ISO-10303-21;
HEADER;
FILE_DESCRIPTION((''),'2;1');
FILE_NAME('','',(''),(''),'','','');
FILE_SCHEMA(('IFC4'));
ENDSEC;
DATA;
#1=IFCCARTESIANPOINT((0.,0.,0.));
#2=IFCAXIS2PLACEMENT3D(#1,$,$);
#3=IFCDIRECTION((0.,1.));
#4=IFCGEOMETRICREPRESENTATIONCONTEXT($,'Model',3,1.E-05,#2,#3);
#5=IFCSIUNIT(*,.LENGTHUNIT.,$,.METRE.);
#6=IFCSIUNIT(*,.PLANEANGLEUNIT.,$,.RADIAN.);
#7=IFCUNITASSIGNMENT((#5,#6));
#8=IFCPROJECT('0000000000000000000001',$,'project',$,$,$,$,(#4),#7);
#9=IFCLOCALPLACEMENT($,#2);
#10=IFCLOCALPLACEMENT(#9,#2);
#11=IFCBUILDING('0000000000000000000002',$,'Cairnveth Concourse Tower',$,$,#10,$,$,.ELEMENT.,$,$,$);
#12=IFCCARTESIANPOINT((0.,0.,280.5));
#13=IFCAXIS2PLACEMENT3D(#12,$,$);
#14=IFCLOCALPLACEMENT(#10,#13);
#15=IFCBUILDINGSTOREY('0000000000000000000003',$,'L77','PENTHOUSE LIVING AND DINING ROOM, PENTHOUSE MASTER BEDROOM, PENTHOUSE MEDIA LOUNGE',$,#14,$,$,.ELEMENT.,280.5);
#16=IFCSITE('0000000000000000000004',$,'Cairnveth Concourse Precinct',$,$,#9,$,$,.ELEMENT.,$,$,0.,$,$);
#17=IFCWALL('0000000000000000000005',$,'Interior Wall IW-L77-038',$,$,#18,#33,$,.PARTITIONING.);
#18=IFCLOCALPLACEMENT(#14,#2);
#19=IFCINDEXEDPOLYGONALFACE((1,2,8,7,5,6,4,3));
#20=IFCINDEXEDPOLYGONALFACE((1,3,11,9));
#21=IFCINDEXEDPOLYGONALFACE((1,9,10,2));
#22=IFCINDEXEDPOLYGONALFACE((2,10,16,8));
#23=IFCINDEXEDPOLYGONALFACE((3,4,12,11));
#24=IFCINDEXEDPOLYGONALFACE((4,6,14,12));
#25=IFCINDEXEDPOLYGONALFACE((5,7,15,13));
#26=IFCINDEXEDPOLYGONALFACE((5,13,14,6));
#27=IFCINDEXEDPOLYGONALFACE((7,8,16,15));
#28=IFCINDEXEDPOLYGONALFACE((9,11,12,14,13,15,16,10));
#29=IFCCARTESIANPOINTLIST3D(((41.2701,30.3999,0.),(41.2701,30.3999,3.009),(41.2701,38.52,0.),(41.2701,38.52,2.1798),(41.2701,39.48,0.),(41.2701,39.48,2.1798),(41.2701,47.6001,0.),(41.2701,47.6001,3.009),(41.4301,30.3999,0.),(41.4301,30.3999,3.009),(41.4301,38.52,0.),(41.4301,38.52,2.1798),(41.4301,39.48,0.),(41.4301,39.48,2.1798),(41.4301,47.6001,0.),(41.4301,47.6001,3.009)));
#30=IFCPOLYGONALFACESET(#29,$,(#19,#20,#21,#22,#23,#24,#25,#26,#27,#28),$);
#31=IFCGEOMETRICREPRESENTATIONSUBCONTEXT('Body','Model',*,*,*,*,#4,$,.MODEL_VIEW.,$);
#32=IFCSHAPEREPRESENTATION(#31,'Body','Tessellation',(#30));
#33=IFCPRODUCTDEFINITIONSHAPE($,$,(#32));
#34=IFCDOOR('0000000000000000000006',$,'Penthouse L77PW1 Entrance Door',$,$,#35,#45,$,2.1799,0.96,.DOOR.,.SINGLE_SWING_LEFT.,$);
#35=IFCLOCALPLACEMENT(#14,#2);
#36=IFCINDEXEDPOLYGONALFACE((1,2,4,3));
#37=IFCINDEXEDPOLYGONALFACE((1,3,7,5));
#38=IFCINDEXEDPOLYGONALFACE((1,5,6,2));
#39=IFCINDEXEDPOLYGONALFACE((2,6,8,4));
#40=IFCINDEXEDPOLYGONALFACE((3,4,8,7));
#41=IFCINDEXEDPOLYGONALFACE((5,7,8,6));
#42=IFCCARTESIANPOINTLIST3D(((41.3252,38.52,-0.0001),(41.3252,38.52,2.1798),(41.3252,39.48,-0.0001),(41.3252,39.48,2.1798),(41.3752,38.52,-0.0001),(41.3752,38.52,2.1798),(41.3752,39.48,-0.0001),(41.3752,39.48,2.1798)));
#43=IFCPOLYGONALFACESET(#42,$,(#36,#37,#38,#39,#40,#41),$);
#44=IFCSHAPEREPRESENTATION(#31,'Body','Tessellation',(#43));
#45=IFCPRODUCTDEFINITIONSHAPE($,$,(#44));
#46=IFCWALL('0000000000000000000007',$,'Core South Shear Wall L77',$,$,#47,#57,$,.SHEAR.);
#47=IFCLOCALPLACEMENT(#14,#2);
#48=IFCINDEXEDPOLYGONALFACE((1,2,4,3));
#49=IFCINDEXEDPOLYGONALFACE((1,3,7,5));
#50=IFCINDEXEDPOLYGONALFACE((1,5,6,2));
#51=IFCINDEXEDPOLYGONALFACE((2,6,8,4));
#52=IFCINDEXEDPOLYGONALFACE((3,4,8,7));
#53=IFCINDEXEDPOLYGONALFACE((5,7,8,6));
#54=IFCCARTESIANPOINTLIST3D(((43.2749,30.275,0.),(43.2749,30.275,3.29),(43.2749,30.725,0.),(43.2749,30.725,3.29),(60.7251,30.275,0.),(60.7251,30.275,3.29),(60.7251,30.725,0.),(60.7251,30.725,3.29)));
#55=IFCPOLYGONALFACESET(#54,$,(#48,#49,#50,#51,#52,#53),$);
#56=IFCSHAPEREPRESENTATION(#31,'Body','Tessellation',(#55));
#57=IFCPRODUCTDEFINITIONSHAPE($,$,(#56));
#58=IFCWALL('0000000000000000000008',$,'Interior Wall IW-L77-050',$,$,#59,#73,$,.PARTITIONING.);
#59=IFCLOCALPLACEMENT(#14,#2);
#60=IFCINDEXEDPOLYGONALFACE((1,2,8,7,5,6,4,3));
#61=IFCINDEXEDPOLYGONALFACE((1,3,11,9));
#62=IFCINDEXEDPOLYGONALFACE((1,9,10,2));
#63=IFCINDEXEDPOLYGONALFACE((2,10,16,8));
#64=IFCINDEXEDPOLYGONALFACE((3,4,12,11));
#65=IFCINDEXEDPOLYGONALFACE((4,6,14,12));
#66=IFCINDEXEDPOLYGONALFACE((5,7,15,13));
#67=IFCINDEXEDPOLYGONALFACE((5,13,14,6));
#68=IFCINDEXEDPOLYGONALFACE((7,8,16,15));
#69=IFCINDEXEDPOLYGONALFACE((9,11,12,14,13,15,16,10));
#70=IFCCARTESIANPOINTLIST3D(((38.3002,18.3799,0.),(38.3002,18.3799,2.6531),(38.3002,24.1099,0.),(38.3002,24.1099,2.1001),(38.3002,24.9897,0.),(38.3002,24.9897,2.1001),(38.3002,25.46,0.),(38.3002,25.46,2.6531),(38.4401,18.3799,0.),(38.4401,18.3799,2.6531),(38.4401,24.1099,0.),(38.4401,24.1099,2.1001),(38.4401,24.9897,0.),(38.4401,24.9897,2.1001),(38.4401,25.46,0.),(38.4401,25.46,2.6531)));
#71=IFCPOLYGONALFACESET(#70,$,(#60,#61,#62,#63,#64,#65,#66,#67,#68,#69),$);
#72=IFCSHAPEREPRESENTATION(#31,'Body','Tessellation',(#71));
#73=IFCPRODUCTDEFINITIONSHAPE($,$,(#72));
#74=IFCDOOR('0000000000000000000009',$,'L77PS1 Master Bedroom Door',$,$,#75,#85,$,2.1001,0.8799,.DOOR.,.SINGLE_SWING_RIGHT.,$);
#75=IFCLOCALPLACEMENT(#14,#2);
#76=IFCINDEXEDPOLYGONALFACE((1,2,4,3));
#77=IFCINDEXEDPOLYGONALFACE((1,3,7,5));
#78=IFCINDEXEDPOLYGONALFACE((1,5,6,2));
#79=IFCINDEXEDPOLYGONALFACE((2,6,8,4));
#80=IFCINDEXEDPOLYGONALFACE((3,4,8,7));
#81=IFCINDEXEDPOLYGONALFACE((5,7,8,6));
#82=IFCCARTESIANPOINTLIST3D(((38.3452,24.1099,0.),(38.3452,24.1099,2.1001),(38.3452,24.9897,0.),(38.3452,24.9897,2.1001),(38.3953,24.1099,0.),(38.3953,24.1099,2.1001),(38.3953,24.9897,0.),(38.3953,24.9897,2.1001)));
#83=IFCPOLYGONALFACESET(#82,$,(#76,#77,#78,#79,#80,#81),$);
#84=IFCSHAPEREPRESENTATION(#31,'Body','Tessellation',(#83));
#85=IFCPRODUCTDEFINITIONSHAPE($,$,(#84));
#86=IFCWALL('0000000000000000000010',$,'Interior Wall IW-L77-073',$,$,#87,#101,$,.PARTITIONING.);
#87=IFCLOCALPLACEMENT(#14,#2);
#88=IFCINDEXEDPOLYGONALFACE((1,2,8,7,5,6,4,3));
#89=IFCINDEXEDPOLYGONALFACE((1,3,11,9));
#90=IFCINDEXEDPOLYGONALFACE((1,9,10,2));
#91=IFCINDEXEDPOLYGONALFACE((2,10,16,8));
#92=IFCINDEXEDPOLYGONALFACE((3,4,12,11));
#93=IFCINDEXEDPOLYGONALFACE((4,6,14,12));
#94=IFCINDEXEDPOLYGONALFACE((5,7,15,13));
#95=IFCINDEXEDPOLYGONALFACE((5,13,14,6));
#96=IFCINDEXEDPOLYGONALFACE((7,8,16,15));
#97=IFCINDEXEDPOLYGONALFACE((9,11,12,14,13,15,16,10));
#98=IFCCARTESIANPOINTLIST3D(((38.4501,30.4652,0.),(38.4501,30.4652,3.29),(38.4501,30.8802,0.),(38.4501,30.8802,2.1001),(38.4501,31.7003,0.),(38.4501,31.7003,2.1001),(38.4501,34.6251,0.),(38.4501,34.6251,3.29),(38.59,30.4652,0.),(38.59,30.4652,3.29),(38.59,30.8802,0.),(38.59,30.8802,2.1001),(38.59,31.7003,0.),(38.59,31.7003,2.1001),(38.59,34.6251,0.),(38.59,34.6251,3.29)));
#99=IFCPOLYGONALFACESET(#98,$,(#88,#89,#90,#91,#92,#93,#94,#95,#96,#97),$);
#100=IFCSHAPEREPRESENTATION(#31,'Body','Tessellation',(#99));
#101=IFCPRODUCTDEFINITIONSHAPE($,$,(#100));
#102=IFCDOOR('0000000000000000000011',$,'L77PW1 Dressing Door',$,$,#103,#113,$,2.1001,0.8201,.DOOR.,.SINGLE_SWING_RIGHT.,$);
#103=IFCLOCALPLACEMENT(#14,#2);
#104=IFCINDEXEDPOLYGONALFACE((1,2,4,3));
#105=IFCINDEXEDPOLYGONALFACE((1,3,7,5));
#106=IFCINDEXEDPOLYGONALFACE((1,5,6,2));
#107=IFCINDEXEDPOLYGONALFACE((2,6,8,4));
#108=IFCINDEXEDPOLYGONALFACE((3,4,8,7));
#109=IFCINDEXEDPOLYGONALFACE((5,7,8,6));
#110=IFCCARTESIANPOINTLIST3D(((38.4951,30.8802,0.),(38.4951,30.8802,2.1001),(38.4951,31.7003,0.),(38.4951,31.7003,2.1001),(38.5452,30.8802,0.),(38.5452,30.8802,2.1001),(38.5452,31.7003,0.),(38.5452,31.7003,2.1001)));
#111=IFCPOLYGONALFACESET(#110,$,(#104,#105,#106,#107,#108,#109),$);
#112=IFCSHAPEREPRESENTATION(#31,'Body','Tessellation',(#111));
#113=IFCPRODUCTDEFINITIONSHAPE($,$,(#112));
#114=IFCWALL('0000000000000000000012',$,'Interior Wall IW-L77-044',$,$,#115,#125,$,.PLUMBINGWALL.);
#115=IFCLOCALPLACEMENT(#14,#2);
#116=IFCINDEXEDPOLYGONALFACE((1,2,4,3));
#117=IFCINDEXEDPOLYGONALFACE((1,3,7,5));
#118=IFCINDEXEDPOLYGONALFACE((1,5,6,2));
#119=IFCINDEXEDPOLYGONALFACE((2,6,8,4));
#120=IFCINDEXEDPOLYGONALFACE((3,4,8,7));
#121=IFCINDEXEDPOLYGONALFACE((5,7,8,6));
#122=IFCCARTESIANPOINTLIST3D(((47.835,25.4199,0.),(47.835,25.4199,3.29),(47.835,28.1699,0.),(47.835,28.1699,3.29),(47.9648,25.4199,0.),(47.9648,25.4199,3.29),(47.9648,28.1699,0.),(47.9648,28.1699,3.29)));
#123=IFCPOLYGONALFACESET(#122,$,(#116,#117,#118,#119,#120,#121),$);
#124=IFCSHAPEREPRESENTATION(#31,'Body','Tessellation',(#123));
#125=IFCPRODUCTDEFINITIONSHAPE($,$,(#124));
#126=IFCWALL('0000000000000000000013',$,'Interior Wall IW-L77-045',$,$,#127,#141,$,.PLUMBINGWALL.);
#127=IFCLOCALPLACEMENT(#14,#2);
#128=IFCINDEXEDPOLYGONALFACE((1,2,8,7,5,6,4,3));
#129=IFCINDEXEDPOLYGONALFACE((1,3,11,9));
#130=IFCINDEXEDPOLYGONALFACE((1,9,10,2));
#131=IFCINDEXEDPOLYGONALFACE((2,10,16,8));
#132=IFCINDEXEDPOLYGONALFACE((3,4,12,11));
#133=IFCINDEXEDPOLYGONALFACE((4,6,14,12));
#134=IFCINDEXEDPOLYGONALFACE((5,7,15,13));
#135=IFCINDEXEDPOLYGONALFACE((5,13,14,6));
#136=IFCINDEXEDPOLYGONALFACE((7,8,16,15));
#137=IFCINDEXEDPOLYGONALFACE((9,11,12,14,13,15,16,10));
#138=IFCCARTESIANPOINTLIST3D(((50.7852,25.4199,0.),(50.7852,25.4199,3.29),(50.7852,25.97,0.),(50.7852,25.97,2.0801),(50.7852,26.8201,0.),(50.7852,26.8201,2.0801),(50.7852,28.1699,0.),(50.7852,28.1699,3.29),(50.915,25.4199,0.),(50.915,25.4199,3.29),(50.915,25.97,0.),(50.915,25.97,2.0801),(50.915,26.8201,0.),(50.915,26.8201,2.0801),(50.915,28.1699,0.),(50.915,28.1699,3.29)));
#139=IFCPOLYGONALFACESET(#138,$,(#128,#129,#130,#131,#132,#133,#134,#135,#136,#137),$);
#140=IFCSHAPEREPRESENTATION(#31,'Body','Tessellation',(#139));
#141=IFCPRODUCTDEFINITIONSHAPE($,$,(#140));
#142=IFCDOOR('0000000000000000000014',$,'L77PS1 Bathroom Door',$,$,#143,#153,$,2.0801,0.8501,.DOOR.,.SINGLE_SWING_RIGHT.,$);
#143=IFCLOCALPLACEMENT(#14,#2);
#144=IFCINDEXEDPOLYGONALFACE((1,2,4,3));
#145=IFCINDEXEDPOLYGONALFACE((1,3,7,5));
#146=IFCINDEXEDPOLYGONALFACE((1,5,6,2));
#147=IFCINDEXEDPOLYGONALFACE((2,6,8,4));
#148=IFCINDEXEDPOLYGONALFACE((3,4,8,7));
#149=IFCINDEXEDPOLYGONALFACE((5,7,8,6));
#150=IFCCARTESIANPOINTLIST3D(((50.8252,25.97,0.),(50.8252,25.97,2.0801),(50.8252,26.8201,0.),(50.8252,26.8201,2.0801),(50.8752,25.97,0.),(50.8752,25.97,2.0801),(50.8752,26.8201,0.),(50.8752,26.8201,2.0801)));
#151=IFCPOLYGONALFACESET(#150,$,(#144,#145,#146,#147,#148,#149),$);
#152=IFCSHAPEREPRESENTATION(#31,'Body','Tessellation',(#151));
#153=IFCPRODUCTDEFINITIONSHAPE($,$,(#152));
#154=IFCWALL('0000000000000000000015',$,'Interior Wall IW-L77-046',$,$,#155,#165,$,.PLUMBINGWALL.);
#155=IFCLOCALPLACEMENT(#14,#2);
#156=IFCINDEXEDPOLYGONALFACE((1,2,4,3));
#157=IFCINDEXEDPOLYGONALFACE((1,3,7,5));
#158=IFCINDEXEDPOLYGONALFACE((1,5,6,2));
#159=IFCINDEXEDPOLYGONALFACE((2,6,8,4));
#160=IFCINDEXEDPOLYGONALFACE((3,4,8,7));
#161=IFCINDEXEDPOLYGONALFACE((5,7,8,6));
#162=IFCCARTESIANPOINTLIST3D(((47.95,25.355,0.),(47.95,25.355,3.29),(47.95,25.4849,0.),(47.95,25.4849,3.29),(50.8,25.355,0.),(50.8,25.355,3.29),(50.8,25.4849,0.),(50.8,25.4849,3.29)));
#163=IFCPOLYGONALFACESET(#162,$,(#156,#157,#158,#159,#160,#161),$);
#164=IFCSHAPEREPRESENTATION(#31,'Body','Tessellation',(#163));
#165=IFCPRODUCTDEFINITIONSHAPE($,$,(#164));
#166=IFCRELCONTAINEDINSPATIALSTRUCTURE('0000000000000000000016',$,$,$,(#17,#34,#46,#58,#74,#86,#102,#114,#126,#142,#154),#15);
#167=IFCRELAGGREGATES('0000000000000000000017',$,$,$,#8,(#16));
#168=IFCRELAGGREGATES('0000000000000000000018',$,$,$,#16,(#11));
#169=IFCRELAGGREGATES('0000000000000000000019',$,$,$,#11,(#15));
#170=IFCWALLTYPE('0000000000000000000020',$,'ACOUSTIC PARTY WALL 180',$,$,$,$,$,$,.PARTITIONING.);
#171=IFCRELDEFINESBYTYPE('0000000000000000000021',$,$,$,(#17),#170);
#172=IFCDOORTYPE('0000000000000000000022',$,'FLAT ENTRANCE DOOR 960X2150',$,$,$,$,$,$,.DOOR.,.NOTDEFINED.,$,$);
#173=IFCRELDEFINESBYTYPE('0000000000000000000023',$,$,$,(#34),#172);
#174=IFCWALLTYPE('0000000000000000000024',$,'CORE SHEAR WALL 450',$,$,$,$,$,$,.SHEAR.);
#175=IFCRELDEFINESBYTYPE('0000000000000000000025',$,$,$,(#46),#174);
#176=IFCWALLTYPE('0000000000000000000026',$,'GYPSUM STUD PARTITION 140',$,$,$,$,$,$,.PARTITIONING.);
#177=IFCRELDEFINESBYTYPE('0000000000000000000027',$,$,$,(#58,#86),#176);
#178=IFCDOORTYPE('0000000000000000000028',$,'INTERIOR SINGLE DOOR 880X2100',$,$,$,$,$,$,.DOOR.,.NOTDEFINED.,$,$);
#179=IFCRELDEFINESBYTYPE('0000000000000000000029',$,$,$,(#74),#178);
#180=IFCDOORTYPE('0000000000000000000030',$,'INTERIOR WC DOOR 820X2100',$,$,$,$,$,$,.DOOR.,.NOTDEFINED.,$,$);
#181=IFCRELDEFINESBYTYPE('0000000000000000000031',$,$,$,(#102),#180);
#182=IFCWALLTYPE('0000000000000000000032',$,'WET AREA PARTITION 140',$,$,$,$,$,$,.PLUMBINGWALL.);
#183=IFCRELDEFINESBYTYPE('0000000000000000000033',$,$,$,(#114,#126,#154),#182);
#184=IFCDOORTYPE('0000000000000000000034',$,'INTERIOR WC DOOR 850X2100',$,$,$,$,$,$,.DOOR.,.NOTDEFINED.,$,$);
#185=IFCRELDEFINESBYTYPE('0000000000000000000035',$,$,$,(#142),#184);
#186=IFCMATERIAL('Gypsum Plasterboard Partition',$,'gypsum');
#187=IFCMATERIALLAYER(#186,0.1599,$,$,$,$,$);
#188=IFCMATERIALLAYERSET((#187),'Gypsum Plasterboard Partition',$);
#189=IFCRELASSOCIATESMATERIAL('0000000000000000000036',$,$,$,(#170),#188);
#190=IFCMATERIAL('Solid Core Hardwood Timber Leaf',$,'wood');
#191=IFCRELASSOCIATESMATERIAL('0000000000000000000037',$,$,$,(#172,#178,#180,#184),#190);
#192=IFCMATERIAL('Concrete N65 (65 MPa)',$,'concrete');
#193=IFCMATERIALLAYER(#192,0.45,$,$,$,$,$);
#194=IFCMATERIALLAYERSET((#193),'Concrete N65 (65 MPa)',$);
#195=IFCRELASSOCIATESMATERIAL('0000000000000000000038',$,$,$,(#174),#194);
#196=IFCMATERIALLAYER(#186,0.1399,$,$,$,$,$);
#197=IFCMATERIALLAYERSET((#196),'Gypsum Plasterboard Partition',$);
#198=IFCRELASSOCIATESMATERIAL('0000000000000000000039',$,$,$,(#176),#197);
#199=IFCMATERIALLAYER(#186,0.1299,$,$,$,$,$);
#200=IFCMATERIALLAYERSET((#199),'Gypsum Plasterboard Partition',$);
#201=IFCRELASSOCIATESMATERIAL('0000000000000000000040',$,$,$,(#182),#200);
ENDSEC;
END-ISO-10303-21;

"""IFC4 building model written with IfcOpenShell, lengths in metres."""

from ifc_helpers import new_model, si_unit, direction, frame, frame_2d, origin, place, context, subcontext, project, spatial, rectangle, extrude, material, layer, layer_set, type_object, element, fill, save


model = new_model("IFC4")

# Units and contexts
model_context = context("Model", 3, precision=1e-05, world=origin(), true_north=direction((0.0, 1.0)))
body_context = subcontext(model_context, "Body", "Model", "MODEL_VIEW")
ifc_project = project(units=[si_unit("LENGTHUNIT", "METRE"), si_unit("PLANEANGLEUNIT", "RADIAN")], contexts=[model_context])

# Site, building, storey
site_placement = place(None, origin())
site = spatial("IfcSite", under=ifc_project, at=site_placement, Name="Cairnveth Concourse Precinct", CompositionType="ELEMENT", RefElevation=0.0)
building_placement = place(site_placement, origin())
building = spatial("IfcBuilding", under=site, at=building_placement, Name="Cairnveth Concourse Tower", CompositionType="ELEMENT")
storey_placement = place(building_placement, frame((0.0, 0.0, 280.5)))
storey = spatial("IfcBuildingStorey", under=building, at=storey_placement, Name="L77", Description="PENTHOUSE LIVING AND DINING ROOM, PENTHOUSE MASTER BEDROOM, PENTHOUSE MEDIA LOUNGE", CompositionType="ELEMENT", Elevation=280.5)

# Wall, opening, door
ifc_material_1 = material(Name="Gypsum Plasterboard Partition", Category="gypsum")
ifc_layer_1 = layer(ifc_material_1, 0.1599)
ifc_layer_set_1 = layer_set([ifc_layer_1], Name="Gypsum Plasterboard Partition")
wall_type_1 = type_object("IfcWallType", Name="ACOUSTIC PARTY WALL 180", PredefinedType="PARTITIONING", material=ifc_layer_set_1)
wall_1_placement = place(storey_placement, frame((41.3501, 30.3999, 0.0), z_axis=(0.0, 0.0, 1.0), x_axis=(0.0, 1.0, 0.0)))
wall_1 = element("IfcWall", 1, at=wall_1_placement, inside=storey, type_object=wall_type_1, Name="Interior Wall IW-L77-038", PredefinedType="PARTITIONING", context=body_context, shape_type="SweptSolid", body=[
    extrude(rectangle(XDim=17.2002, YDim=0.1599, at=frame_2d((8.6001, 0.0))), origin(), (0.0, 0.0, 1.0), 3.009),
])
opening_1_placement = place(wall_1_placement, frame((8.1201, 0.0, 0.0)))
opening_1 = element("IfcOpeningElement", 2, at=opening_1_placement, cuts=wall_1, PredefinedType="OPENING", context=body_context, shape_type="SweptSolid", body=[
    extrude(rectangle(XDim=0.96, YDim=2.1799, at=frame_2d((0.48, 1.0898))), frame((0.0, 0.0898, 0.0), z_axis=(0.0, -1.0, 0.0), x_axis=(1.0, 0.0, 0.0)), (0.0, 0.0, 1.0), 0.1799),
])
ifc_material_2 = material(Name="Solid Core Hardwood Timber Leaf", Category="wood")
door_type_1 = type_object("IfcDoorType", Name="FLAT ENTRANCE DOOR 960X2150", OperationType="NOTDEFINED", PredefinedType="DOOR", material=ifc_material_2)
door_1_placement = place(opening_1_placement, origin())
door_1 = element("IfcDoor", 3, at=door_1_placement, inside=storey, type_object=door_type_1, Name="Penthouse L77PW1 Entrance Door", OperationType="SINGLE_SWING_LEFT", OverallHeight=2.1799, OverallWidth=0.96, PredefinedType="DOOR", context=body_context, shape_type="SweptSolid", body=[
    extrude(rectangle(XDim=0.96, YDim=2.1799, at=frame_2d((0.48, 1.0898))), frame((0.0, 0.0249, 0.0), z_axis=(0.0, -1.0, 0.0), x_axis=(1.0, 0.0, 0.0)), (0.0, 0.0, 1.0), 0.05),
])
fill(opening_1, door_1)

# Wall
ifc_material_3 = material(Name="Concrete N65 (65 MPa)", Category="concrete")
ifc_layer_2 = layer(ifc_material_3, 0.45)
ifc_layer_set_2 = layer_set([ifc_layer_2], Name="Concrete N65 (65 MPa)")
wall_type_2 = type_object("IfcWallType", Name="CORE SHEAR WALL 450", PredefinedType="SHEAR", material=ifc_layer_set_2)
wall_2_placement = place(storey_placement, frame((43.2749, 30.5, 0.0), z_axis=(0.0, 0.0, 1.0), x_axis=(1.0, 0.0, 0.0)))
element("IfcWall", 4, at=wall_2_placement, inside=storey, type_object=wall_type_2, Name="Core South Shear Wall L77", PredefinedType="SHEAR", context=body_context, shape_type="SweptSolid", body=[
    extrude(rectangle(XDim=17.4502, YDim=0.45, at=frame_2d((8.7251, 0.0))), origin(), (0.0, 0.0, 1.0), 3.29),
])

# Walls, openings, doors
ifc_layer_3 = layer(ifc_material_1, 0.1399)
ifc_layer_set_3 = layer_set([ifc_layer_3], Name="Gypsum Plasterboard Partition")
wall_type_3 = type_object("IfcWallType", Name="GYPSUM STUD PARTITION 140", PredefinedType="PARTITIONING", material=ifc_layer_set_3)
wall_3_placement = place(storey_placement, frame((38.3701, 18.3799, 0.0), z_axis=(0.0, 0.0, 1.0), x_axis=(0.0, 1.0, 0.0)))
wall_3 = element("IfcWall", 5, at=wall_3_placement, inside=storey, type_object=wall_type_3, Name="Interior Wall IW-L77-050", PredefinedType="PARTITIONING", context=body_context, shape_type="SweptSolid", body=[
    extrude(rectangle(XDim=7.0801, YDim=0.1399, at=frame_2d((3.54, 0.0))), origin(), (0.0, 0.0, 1.0), 2.6531),
])
opening_2_placement = place(wall_3_placement, frame((5.73, 0.0, 0.0)))
opening_2 = element("IfcOpeningElement", 6, at=opening_2_placement, cuts=wall_3, PredefinedType="OPENING", context=body_context, shape_type="SweptSolid", body=[
    extrude(rectangle(XDim=0.8799, YDim=2.1001, at=frame_2d((0.4399, 1.05))), frame((0.0, 0.0798, 0.0), z_axis=(0.0, -1.0, 0.0), x_axis=(1.0, 0.0, 0.0)), (0.0, 0.0, 1.0), 0.1599),
])
door_type_2 = type_object("IfcDoorType", Name="INTERIOR SINGLE DOOR 880X2100", OperationType="NOTDEFINED", PredefinedType="DOOR", material=ifc_material_2)
door_2_placement = place(opening_2_placement, origin())
door_2 = element("IfcDoor", 7, at=door_2_placement, inside=storey, type_object=door_type_2, Name="L77PS1 Master Bedroom Door", OperationType="SINGLE_SWING_RIGHT", OverallHeight=2.1001, OverallWidth=0.8799, PredefinedType="DOOR", context=body_context, shape_type="SweptSolid", body=[
    extrude(rectangle(XDim=0.8799, YDim=2.1001, at=frame_2d((0.4399, 1.05))), frame((0.0, 0.0249, 0.0), z_axis=(0.0, -1.0, 0.0), x_axis=(1.0, 0.0, 0.0)), (0.0, 0.0, 1.0), 0.05),
])
fill(opening_2, door_2)
wall_4_placement = place(storey_placement, frame((38.52, 30.4651, 0.0), z_axis=(0.0, 0.0, 1.0), x_axis=(0.0, 1.0, 0.0)))
wall_4 = element("IfcWall", 8, at=wall_4_placement, inside=storey, type_object=wall_type_3, Name="Interior Wall IW-L77-073", PredefinedType="PARTITIONING", context=body_context, shape_type="SweptSolid", body=[
    extrude(rectangle(XDim=4.1599, YDim=0.1399, at=frame_2d((2.0801, 0.0))), origin(), (0.0, 0.0, 1.0), 3.29),
])
opening_3_placement = place(wall_4_placement, frame((0.415, 0.0, 0.0)))
opening_3 = element("IfcOpeningElement", 9, at=opening_3_placement, cuts=wall_4, PredefinedType="OPENING", context=body_context, shape_type="SweptSolid", body=[
    extrude(rectangle(XDim=0.8201, YDim=2.1001, at=frame_2d((0.4102, 1.05))), frame((0.0, 0.0798, 0.0), z_axis=(0.0, -1.0, 0.0), x_axis=(1.0, 0.0, 0.0)), (0.0, 0.0, 1.0), 0.1599),
])
door_type_3 = type_object("IfcDoorType", Name="INTERIOR WC DOOR 820X2100", OperationType="NOTDEFINED", PredefinedType="DOOR", material=ifc_material_2)
door_3_placement = place(opening_3_placement, origin())
door_3 = element("IfcDoor", 10, at=door_3_placement, inside=storey, type_object=door_type_3, Name="L77PW1 Dressing Door", OperationType="SINGLE_SWING_RIGHT", OverallHeight=2.1001, OverallWidth=0.8201, PredefinedType="DOOR", context=body_context, shape_type="SweptSolid", body=[
    extrude(rectangle(XDim=0.8201, YDim=2.1001, at=frame_2d((0.4102, 1.05))), frame((0.0, 0.0249, 0.0), z_axis=(0.0, -1.0, 0.0), x_axis=(1.0, 0.0, 0.0)), (0.0, 0.0, 1.0), 0.05),
])
fill(opening_3, door_3)

# Wall
ifc_layer_4 = layer(ifc_material_1, 0.1299)
ifc_layer_set_4 = layer_set([ifc_layer_4], Name="Gypsum Plasterboard Partition")
wall_type_4 = type_object("IfcWallType", Name="WET AREA PARTITION 140", PredefinedType="PLUMBINGWALL", material=ifc_layer_set_4)
wall_5_placement = place(storey_placement, frame((47.8999, 25.4199, 0.0), z_axis=(0.0, 0.0, 1.0), x_axis=(0.0, 1.0, 0.0)))
element("IfcWall", 11, at=wall_5_placement, inside=storey, type_object=wall_type_4, Name="Interior Wall IW-L77-044", PredefinedType="PLUMBINGWALL", context=body_context, shape_type="SweptSolid", body=[
    extrude(rectangle(XDim=2.75, YDim=0.1299, at=frame_2d((1.375, 0.0))), origin(), (0.0, 0.0, 1.0), 3.29),
])

# Wall, opening, door
wall_6_placement = place(storey_placement, frame((50.8501, 25.4199, 0.0), z_axis=(0.0, 0.0, 1.0), x_axis=(0.0, 1.0, 0.0)))
wall_6 = element("IfcWall", 12, at=wall_6_placement, inside=storey, type_object=wall_type_4, Name="Interior Wall IW-L77-045", PredefinedType="PLUMBINGWALL", context=body_context, shape_type="SweptSolid", body=[
    extrude(rectangle(XDim=2.75, YDim=0.1299, at=frame_2d((1.375, 0.0))), origin(), (0.0, 0.0, 1.0), 3.29),
])
opening_4_placement = place(wall_6_placement, frame((0.55, 0.0, 0.0)))
opening_4 = element("IfcOpeningElement", 13, at=opening_4_placement, cuts=wall_6, PredefinedType="OPENING", context=body_context, shape_type="SweptSolid", body=[
    extrude(rectangle(XDim=0.8501, YDim=2.0801, at=frame_2d((0.425, 1.04))), frame((0.0, 0.075, 0.0), z_axis=(0.0, -1.0, 0.0), x_axis=(1.0, 0.0, 0.0)), (0.0, 0.0, 1.0), 0.1499),
])
door_type_4 = type_object("IfcDoorType", Name="INTERIOR WC DOOR 850X2100", OperationType="NOTDEFINED", PredefinedType="DOOR", material=ifc_material_2)
door_4_placement = place(opening_4_placement, origin())
door_4 = element("IfcDoor", 14, at=door_4_placement, inside=storey, type_object=door_type_4, Name="L77PS1 Bathroom Door", OperationType="SINGLE_SWING_RIGHT", OverallHeight=2.0801, OverallWidth=0.8501, PredefinedType="DOOR", context=body_context, shape_type="SweptSolid", body=[
    extrude(rectangle(XDim=0.8501, YDim=2.0801, at=frame_2d((0.425, 1.04))), frame((0.0, 0.0249, 0.0), z_axis=(0.0, -1.0, 0.0), x_axis=(1.0, 0.0, 0.0)), (0.0, 0.0, 1.0), 0.05),
])
fill(opening_4, door_4)

# Wall
wall_7_placement = place(storey_placement, frame((47.95, 25.4199, 0.0), z_axis=(0.0, 0.0, 1.0), x_axis=(1.0, 0.0, 0.0)))
element("IfcWall", 15, at=wall_7_placement, inside=storey, type_object=wall_type_4, Name="Interior Wall IW-L77-046", PredefinedType="PLUMBINGWALL", context=body_context, shape_type="SweptSolid", body=[
    extrude(rectangle(XDim=2.8501, YDim=0.1299, at=frame_2d((1.425, 0.0))), origin(), (0.0, 0.0, 1.0), 3.29),
])

save(model, "model.ifc")
